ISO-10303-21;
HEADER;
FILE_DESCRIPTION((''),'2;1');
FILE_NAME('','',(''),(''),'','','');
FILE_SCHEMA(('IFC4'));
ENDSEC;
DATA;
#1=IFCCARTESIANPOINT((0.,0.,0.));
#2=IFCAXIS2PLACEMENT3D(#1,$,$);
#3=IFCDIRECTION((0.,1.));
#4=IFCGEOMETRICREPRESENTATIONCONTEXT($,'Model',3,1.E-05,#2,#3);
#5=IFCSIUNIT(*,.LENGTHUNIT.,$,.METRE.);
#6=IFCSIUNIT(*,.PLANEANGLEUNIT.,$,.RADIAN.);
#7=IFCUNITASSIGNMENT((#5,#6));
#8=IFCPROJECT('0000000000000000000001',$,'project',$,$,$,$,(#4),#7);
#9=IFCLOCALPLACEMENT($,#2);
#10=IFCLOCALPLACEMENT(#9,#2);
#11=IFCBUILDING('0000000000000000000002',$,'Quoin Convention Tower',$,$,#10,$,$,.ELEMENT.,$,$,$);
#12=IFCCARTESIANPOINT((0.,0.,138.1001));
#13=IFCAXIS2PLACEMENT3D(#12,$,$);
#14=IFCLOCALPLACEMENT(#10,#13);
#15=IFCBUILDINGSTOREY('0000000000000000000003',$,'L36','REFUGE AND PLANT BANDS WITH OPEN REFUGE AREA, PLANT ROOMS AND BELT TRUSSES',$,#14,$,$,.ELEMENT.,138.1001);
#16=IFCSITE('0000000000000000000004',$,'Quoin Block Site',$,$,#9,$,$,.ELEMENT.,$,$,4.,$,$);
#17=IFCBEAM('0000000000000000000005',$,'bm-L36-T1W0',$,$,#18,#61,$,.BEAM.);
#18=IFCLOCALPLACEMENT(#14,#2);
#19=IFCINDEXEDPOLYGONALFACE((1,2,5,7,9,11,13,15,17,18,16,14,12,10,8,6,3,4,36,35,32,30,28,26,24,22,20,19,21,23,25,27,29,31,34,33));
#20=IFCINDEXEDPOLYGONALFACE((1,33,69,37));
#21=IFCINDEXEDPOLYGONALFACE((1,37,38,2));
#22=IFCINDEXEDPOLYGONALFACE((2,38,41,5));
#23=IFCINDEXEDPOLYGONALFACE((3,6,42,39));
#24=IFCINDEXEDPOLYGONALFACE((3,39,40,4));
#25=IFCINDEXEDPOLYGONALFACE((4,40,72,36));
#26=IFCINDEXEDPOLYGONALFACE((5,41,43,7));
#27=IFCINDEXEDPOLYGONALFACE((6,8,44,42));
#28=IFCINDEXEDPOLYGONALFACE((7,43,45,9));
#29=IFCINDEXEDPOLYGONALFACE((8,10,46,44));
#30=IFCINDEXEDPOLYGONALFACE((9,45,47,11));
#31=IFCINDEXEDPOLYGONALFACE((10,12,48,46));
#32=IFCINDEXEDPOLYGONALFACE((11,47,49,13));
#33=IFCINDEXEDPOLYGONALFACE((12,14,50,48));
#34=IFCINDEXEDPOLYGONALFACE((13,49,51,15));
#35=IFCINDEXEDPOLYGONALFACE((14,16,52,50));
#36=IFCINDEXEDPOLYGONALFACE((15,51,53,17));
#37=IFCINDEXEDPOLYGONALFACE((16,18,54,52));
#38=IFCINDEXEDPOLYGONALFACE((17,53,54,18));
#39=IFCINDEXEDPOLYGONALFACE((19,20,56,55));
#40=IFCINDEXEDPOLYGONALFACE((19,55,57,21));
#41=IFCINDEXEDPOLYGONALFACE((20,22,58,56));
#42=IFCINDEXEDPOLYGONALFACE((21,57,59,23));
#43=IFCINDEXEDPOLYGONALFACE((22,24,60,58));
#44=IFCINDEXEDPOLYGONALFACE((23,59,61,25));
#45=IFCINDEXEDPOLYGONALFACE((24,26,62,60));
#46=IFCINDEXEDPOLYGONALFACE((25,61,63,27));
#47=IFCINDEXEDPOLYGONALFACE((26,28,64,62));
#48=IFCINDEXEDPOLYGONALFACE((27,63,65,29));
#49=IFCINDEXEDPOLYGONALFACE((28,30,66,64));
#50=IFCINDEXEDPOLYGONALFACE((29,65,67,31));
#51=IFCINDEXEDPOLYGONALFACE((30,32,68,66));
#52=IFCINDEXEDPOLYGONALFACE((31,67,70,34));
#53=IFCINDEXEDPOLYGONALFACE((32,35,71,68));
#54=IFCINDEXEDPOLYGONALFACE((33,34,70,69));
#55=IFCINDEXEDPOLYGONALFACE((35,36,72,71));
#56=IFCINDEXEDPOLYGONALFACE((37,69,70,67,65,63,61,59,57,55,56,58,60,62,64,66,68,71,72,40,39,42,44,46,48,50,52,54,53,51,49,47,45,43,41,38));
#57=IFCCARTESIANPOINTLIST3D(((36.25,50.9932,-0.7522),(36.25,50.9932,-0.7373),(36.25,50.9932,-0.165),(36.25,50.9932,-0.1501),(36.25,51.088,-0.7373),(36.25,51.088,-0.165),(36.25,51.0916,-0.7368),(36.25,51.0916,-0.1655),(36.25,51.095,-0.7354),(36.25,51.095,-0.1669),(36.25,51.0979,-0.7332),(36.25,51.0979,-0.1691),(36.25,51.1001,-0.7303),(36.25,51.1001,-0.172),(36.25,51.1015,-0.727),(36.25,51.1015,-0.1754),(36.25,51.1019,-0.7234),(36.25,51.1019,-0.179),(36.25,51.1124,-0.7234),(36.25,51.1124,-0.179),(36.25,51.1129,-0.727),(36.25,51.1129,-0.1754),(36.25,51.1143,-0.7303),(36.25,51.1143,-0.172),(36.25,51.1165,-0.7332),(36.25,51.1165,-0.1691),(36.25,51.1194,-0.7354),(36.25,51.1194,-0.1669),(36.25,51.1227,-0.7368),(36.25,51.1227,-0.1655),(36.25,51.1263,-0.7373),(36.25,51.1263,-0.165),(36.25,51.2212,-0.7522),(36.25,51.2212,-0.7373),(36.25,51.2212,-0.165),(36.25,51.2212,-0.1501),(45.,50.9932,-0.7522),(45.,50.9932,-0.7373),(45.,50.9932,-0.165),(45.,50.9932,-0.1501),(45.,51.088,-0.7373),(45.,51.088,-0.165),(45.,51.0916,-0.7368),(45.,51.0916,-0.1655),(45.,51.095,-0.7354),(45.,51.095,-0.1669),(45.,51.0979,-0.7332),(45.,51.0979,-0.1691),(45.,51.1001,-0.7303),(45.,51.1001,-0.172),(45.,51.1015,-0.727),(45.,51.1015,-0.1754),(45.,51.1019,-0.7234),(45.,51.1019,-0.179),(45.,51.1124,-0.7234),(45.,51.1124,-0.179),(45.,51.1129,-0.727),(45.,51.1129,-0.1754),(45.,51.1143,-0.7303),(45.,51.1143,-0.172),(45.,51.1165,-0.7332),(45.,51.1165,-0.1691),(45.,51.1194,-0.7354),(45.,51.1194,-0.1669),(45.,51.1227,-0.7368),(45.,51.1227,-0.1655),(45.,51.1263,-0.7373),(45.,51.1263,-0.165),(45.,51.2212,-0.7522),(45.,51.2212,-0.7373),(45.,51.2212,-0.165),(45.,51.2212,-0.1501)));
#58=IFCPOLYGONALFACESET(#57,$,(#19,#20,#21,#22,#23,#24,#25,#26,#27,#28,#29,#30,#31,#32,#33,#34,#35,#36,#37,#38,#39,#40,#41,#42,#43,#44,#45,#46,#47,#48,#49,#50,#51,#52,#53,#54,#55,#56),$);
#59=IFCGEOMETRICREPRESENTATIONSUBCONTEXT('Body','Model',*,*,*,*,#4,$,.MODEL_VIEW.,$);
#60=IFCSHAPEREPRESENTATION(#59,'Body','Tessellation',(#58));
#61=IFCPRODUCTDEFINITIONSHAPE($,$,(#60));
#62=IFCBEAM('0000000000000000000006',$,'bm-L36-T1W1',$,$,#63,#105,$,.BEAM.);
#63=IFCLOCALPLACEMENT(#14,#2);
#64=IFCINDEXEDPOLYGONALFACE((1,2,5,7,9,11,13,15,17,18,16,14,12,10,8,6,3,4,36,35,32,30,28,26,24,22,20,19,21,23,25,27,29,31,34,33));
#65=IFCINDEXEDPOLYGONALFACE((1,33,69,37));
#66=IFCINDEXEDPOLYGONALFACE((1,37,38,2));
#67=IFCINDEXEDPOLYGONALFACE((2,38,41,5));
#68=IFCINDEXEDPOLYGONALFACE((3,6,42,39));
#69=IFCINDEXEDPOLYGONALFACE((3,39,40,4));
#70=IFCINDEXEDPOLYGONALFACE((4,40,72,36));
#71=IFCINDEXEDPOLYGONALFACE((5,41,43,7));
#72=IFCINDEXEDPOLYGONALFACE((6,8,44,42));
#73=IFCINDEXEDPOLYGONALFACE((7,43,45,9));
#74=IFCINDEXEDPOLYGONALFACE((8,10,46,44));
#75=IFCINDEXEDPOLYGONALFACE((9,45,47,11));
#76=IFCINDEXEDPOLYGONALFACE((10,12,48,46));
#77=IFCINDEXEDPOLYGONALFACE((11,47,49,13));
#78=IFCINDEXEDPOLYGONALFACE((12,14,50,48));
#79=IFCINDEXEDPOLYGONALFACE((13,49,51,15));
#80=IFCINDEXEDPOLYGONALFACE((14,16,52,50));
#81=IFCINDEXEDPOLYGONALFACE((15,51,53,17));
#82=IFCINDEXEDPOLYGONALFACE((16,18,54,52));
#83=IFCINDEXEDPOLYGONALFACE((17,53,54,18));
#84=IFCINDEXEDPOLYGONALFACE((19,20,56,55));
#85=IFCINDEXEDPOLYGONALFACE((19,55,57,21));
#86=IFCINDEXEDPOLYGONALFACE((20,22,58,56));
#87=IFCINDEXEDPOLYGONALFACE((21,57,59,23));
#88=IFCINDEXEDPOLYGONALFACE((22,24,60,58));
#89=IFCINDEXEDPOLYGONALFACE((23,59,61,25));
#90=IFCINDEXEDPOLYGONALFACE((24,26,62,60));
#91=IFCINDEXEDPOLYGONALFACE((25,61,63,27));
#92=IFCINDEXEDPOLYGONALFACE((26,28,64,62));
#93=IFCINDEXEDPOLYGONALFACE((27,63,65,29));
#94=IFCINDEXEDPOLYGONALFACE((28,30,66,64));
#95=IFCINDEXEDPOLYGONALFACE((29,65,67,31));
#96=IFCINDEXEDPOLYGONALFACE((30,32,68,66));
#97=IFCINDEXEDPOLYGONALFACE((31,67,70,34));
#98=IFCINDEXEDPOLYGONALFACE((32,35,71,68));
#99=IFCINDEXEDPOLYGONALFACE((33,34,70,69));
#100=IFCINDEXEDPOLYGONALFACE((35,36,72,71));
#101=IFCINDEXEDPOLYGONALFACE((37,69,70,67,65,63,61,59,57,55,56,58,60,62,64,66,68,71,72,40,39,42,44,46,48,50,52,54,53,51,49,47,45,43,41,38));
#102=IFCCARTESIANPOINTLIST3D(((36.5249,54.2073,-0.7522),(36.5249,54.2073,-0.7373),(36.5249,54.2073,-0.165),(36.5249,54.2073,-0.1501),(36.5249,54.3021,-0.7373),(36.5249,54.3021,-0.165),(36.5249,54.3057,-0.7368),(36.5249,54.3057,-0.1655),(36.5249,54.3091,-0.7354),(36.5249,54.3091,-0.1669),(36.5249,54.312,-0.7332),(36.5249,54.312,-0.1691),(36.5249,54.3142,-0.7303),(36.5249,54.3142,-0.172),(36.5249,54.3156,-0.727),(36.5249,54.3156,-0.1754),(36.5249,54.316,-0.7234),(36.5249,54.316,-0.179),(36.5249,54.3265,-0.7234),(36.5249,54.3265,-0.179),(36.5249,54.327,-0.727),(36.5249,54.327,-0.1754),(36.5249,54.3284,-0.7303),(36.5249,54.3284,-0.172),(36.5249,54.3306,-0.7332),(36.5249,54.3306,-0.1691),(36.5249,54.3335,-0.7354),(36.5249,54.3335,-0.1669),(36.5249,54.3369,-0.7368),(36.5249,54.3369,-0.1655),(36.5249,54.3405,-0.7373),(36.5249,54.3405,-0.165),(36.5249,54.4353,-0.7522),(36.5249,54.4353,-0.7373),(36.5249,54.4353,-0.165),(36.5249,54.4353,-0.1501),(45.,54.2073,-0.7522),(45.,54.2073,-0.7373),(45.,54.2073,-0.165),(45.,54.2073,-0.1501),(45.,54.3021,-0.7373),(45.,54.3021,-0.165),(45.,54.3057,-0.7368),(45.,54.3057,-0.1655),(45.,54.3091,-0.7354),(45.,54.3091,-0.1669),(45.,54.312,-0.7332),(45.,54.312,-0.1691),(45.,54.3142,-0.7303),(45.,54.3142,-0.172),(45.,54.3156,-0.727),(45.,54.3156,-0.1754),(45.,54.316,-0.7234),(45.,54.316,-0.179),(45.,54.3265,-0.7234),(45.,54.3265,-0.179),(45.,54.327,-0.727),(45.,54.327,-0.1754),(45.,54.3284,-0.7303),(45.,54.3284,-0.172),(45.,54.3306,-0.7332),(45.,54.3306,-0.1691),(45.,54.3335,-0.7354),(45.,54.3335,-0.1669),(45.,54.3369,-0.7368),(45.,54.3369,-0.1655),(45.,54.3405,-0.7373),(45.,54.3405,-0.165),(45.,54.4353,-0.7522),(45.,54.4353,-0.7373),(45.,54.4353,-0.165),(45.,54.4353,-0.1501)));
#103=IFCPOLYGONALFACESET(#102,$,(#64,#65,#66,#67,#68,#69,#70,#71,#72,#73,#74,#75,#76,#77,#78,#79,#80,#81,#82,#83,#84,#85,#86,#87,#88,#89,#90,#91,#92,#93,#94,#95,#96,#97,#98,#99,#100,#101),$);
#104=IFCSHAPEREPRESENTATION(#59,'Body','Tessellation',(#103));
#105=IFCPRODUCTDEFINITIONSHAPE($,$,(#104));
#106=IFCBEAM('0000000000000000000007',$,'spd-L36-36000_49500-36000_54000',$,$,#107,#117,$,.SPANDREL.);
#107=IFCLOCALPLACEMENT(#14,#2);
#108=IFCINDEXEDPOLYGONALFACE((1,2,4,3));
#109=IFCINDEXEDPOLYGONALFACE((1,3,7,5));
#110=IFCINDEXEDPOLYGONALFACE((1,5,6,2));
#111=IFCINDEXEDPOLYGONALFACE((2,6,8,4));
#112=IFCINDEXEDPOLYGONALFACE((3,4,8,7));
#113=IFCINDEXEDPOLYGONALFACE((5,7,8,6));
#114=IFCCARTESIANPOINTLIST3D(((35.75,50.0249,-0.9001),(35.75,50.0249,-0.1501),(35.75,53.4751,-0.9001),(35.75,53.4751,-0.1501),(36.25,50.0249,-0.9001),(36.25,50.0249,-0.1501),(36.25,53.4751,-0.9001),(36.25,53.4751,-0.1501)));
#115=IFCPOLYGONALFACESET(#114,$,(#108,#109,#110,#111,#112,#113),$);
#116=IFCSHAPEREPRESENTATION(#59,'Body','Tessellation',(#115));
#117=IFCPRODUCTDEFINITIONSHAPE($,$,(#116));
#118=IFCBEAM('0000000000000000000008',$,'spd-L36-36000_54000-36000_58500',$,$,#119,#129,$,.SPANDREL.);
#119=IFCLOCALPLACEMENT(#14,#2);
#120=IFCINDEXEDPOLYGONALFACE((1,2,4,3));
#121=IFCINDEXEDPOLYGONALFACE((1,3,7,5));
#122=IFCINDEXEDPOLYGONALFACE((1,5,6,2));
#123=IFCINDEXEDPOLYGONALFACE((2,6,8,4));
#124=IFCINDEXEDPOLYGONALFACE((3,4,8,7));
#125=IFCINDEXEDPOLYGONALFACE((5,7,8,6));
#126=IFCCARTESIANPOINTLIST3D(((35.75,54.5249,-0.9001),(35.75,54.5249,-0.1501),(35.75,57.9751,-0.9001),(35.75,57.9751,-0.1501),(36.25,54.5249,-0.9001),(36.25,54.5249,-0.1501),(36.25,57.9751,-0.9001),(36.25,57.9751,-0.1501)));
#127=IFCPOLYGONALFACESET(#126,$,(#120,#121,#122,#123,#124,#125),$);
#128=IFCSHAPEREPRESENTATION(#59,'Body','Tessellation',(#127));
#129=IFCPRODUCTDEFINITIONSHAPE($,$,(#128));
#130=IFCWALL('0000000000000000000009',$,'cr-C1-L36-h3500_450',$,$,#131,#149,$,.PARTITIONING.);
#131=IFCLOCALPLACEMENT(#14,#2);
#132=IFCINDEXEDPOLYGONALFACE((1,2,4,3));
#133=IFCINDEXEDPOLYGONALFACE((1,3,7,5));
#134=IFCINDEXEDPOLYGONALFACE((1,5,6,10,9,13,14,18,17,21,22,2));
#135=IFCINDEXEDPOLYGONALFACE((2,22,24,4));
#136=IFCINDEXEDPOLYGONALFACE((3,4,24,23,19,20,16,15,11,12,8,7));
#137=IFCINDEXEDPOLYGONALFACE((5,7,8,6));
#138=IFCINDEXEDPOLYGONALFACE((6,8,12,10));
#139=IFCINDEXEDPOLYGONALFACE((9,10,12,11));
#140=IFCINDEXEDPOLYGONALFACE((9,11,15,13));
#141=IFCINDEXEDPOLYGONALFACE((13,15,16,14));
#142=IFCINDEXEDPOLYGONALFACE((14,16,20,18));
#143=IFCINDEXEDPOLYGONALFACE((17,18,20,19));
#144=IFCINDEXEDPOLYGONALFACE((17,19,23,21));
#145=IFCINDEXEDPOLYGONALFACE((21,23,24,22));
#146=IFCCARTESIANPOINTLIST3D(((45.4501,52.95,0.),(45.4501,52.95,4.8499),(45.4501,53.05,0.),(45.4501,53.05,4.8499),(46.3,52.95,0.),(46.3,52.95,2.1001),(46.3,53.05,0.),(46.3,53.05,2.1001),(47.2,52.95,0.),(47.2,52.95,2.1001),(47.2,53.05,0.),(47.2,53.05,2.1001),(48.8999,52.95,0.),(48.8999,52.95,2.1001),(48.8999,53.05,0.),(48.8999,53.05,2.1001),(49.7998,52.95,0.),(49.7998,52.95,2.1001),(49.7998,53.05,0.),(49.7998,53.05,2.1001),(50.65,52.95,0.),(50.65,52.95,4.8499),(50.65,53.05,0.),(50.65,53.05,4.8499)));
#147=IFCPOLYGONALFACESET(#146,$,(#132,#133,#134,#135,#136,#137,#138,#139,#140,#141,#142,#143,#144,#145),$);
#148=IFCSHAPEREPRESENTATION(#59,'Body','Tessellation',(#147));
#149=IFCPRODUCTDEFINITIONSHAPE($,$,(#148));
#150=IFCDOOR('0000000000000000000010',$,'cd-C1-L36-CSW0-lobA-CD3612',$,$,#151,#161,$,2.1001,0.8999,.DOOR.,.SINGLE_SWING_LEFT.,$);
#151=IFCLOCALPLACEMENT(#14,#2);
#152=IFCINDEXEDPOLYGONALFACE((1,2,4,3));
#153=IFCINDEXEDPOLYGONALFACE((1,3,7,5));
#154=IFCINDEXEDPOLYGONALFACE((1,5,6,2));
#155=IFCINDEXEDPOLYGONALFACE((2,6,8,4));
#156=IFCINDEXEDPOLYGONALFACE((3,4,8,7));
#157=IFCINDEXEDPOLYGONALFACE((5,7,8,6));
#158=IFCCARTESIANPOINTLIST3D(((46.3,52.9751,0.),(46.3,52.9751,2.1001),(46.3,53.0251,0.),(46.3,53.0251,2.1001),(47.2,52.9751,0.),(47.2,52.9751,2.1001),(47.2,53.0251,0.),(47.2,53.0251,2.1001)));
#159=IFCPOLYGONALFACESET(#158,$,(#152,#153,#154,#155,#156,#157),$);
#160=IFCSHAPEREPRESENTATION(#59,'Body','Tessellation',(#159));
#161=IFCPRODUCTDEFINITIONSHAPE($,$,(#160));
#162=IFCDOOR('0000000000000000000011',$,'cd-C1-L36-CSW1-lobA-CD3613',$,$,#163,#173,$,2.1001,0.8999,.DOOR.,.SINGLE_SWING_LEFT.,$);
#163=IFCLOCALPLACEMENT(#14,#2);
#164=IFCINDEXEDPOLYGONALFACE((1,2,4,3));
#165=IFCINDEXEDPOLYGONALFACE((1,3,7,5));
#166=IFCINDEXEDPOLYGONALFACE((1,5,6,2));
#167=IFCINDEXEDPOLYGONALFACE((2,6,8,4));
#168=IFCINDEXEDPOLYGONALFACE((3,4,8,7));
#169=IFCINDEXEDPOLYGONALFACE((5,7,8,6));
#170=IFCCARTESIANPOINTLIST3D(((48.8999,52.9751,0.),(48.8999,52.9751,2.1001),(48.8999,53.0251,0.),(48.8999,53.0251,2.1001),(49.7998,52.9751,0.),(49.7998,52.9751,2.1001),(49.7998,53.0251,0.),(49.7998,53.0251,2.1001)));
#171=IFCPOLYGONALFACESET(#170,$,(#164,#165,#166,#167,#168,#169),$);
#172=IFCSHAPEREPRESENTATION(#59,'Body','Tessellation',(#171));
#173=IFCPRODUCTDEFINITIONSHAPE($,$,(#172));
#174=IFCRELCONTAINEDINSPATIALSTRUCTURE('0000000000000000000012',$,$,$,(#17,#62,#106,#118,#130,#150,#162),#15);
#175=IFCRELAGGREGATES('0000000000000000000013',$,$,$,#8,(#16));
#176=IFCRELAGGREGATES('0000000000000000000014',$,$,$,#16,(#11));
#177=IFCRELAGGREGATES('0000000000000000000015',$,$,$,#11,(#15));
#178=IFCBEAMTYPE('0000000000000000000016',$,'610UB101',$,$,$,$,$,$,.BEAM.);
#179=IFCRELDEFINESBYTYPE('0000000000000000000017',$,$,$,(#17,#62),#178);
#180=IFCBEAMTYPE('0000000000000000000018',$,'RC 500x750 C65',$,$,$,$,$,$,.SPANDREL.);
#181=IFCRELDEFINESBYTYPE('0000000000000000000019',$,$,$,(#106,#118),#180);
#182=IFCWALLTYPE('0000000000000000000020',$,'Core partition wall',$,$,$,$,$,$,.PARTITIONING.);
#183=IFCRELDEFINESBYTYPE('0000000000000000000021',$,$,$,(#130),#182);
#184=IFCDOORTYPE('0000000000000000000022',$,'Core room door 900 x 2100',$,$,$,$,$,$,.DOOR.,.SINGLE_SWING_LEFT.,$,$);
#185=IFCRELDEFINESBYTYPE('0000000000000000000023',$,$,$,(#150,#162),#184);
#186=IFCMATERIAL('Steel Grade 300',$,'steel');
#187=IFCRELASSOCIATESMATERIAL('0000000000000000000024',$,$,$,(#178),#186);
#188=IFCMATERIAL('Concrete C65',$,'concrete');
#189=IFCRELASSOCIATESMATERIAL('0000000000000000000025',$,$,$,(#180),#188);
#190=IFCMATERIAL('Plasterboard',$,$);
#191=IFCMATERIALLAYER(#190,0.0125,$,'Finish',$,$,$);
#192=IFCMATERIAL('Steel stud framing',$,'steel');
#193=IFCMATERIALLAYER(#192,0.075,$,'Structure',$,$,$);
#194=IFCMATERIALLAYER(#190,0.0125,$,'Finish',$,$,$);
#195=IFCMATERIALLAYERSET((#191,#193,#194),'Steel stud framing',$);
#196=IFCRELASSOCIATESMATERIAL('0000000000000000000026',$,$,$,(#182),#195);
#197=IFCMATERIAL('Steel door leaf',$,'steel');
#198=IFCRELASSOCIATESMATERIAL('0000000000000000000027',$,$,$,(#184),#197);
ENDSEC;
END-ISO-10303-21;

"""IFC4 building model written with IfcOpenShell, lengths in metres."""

from ifc_helpers import new_model, si_unit, direction, frame, frame_2d, origin, origin_2d, place, context, subcontext, project, spatial, rectangle, i_section, extrude, material, layer, layer_set, material_profile, profile_set, type_object, element, fill, save


model = new_model("IFC4")

# Units and contexts
model_context = context("Model", 3, precision=1e-05, world=origin(), true_north=direction((0.0, 1.0)))
body_context = subcontext(model_context, "Body", "Model", "MODEL_VIEW")
ifc_project = project(units=[si_unit("LENGTHUNIT", "METRE"), si_unit("PLANEANGLEUNIT", "RADIAN")], contexts=[model_context])

# Site, building, storey
site_placement = place(None, origin())
site = spatial("IfcSite", under=ifc_project, at=site_placement, Name="Quoin Block Site", CompositionType="ELEMENT", RefElevation=4.0)
building_placement = place(site_placement, origin())
building = spatial("IfcBuilding", under=site, at=building_placement, Name="Quoin Convention Tower", CompositionType="ELEMENT")
storey_placement = place(building_placement, frame((0.0, 0.0, 138.1001)))
storey = spatial("IfcBuildingStorey", under=building, at=storey_placement, Name="L36", Description="REFUGE AND PLANT BANDS WITH OPEN REFUGE AREA, PLANT ROOMS AND BELT TRUSSES", CompositionType="ELEMENT", Elevation=138.1001)

# Shared definitions
ifc_material_1 = material(Name="Concrete C65", Category="concrete")

# Shared definitions
ifc_material_2 = material(Name="Steel Grade 300", Category="steel")

# Beams
ifc_material_profile_1 = material_profile(ifc_material_2, i_section(OverallWidth=0.228, OverallDepth=0.6021, WebThickness=0.0105, FlangeThickness=0.0149, FilletRadius=0.0139, at=origin_2d()), Name="610UB101")
ifc_profile_set_1 = profile_set([ifc_material_profile_1], Name="Steel Grade 300")
beam_type_1 = type_object("IfcBeamType", Name="610UB101", PredefinedType="BEAM", material=ifc_profile_set_1)
beam_1_placement = place(storey_placement, frame((36.25, 51.1072, -0.4512), z_axis=(1.0, 0.0, 0.0), x_axis=(0.0, 1.0, 0.0)))
element("IfcBeam", 1, at=beam_1_placement, inside=storey, type_object=beam_type_1, Name="bm-L36-T1W0", PredefinedType="BEAM", context=body_context, shape_type="SweptSolid", body=[
    extrude(i_section(OverallWidth=0.228, OverallDepth=0.6021, WebThickness=0.0105, FlangeThickness=0.0149, FilletRadius=0.0139, at=origin_2d()), origin(), (0.0, 0.0, 1.0), 8.75),
])
beam_2_placement = place(storey_placement, frame((36.5249, 54.3213, -0.4512), z_axis=(1.0, 0.0, 0.0), x_axis=(0.0, 1.0, 0.0)))
element("IfcBeam", 2, at=beam_2_placement, inside=storey, type_object=beam_type_1, Name="bm-L36-T1W1", PredefinedType="BEAM", context=body_context, shape_type="SweptSolid", body=[
    extrude(i_section(OverallWidth=0.228, OverallDepth=0.6021, WebThickness=0.0105, FlangeThickness=0.0149, FilletRadius=0.0139, at=origin_2d()), origin(), (0.0, 0.0, 1.0), 8.4751),
])
ifc_material_profile_2 = material_profile(ifc_material_1, rectangle(XDim=0.5, YDim=0.75, at=origin_2d()), Name="RC 500x750")
ifc_profile_set_2 = profile_set([ifc_material_profile_2], Name="Concrete C65")
beam_type_2 = type_object("IfcBeamType", Name="RC 500x750 C65", PredefinedType="SPANDREL", material=ifc_profile_set_2)
for number, where, z_axis, x_axis, name in (
    (3, (36.0, 50.0249, -0.5251), (0.0, 1.0, 0.0), (-1.0, 0.0, 0.0), "spd-L36-36000_49500-36000_54000"),
    (4, (36.0, 54.5249, -0.5251), (0.0, 1.0, 0.0), (-1.0, 0.0, 0.0), "spd-L36-36000_54000-36000_58500"),
):
    element("IfcBeam", number, at=place(storey_placement, frame(where, z_axis=z_axis, x_axis=x_axis)), inside=storey, type_object=beam_type_2, Name=name, PredefinedType="SPANDREL", context=body_context, shape_type="SweptSolid", body=[
        extrude(rectangle(XDim=0.5, YDim=0.75, at=origin_2d()), origin(), (0.0, 0.0, 1.0), 3.4502),
    ])

# Wall, openings, doors
ifc_material_3 = material(Name="Plasterboard")
ifc_layer_1 = layer(ifc_material_3, 0.0125, Name="Finish")
ifc_material_4 = material(Name="Steel stud framing", Category="steel")
ifc_layer_2 = layer(ifc_material_4, 0.075, Name="Structure")
ifc_layer_3 = layer(ifc_material_3, 0.0125, Name="Finish")
ifc_layer_set_1 = layer_set([ifc_layer_1, ifc_layer_2, ifc_layer_3], Name="Steel stud framing")
wall_type_1 = type_object("IfcWallType", Name="Core partition wall", PredefinedType="PARTITIONING", material=ifc_layer_set_1)
wall_1_placement = place(storey_placement, frame((45.45, 53.0, 0.0), z_axis=(0.0, 0.0, 1.0), x_axis=(1.0, 0.0, 0.0)))
wall_1 = element("IfcWall", 5, at=wall_1_placement, inside=storey, type_object=wall_type_1, Name="cr-C1-L36-h3500_450", PredefinedType="PARTITIONING", context=body_context, shape_type="SweptSolid", body=[
    extrude(rectangle(XDim=5.2, YDim=0.1001, at=frame_2d((2.6001, 0.0))), origin(), (0.0, 0.0, 1.0), 4.8499),
])
opening_1_placement = place(wall_1_placement, frame((0.8501, 0.0, 0.0)))
opening_1 = element("IfcOpeningElement", 6, at=opening_1_placement, cuts=wall_1, PredefinedType="OPENING", context=body_context, shape_type="SweptSolid", body=[
    extrude(rectangle(XDim=0.8999, YDim=2.1001, at=frame_2d((0.45, 1.05))), frame((0.0, 0.0601, 0.0), z_axis=(0.0, -1.0, 0.0), x_axis=(1.0, 0.0, 0.0)), (0.0, 0.0, 1.0), 0.1201),
])
opening_2_placement = place(wall_1_placement, frame((3.45, 0.0, 0.0)))
opening_2 = element("IfcOpeningElement", 7, at=opening_2_placement, cuts=wall_1, PredefinedType="OPENING", context=body_context, shape_type="SweptSolid", body=[
    extrude(rectangle(XDim=0.8999, YDim=2.1001, at=frame_2d((0.45, 1.05))), frame((0.0, 0.0601, 0.0), z_axis=(0.0, -1.0, 0.0), x_axis=(1.0, 0.0, 0.0)), (0.0, 0.0, 1.0), 0.1201),
])
ifc_material_5 = material(Name="Steel door leaf", Category="steel")
door_type_1 = type_object("IfcDoorType", Name="Core room door 900 x 2100", OperationType="SINGLE_SWING_LEFT", PredefinedType="DOOR", material=ifc_material_5)
door_1_placement = place(opening_1_placement, frame((0.8999, 0.0, 0.0), z_axis=(0.0, 0.0, 1.0), x_axis=(-1.0, 0.0, 0.0)))
door_1 = element("IfcDoor", 8, at=door_1_placement, inside=storey, type_object=door_type_1, Name="cd-C1-L36-CSW0-lobA-CD3612", OperationType="SINGLE_SWING_LEFT", OverallHeight=2.1001, OverallWidth=0.8999, PredefinedType="DOOR", context=body_context, shape_type="SweptSolid", body=[
    extrude(rectangle(XDim=0.8999, YDim=2.1001, at=frame_2d((0.45, 1.05))), frame((0.0, 0.0249, 0.0), z_axis=(0.0, -1.0, 0.0), x_axis=(1.0, 0.0, 0.0)), (0.0, 0.0, 1.0), 0.05),
])
fill(opening_1, door_1)
door_2_placement = place(opening_2_placement, frame((0.8999, 0.0, 0.0), z_axis=(0.0, 0.0, 1.0), x_axis=(-1.0, 0.0, 0.0)))
door_2 = element("IfcDoor", 9, at=door_2_placement, inside=storey, type_object=door_type_1, Name="cd-C1-L36-CSW1-lobA-CD3613", OperationType="SINGLE_SWING_LEFT", OverallHeight=2.1001, OverallWidth=0.8999, PredefinedType="DOOR", context=body_context, shape_type="SweptSolid", body=[
    extrude(rectangle(XDim=0.8999, YDim=2.1001, at=frame_2d((0.45, 1.05))), frame((0.0, 0.0249, 0.0), z_axis=(0.0, -1.0, 0.0), x_axis=(1.0, 0.0, 0.0)), (0.0, 0.0, 1.0), 0.05),
])
fill(opening_2, door_2)

save(model, "model.ifc")
